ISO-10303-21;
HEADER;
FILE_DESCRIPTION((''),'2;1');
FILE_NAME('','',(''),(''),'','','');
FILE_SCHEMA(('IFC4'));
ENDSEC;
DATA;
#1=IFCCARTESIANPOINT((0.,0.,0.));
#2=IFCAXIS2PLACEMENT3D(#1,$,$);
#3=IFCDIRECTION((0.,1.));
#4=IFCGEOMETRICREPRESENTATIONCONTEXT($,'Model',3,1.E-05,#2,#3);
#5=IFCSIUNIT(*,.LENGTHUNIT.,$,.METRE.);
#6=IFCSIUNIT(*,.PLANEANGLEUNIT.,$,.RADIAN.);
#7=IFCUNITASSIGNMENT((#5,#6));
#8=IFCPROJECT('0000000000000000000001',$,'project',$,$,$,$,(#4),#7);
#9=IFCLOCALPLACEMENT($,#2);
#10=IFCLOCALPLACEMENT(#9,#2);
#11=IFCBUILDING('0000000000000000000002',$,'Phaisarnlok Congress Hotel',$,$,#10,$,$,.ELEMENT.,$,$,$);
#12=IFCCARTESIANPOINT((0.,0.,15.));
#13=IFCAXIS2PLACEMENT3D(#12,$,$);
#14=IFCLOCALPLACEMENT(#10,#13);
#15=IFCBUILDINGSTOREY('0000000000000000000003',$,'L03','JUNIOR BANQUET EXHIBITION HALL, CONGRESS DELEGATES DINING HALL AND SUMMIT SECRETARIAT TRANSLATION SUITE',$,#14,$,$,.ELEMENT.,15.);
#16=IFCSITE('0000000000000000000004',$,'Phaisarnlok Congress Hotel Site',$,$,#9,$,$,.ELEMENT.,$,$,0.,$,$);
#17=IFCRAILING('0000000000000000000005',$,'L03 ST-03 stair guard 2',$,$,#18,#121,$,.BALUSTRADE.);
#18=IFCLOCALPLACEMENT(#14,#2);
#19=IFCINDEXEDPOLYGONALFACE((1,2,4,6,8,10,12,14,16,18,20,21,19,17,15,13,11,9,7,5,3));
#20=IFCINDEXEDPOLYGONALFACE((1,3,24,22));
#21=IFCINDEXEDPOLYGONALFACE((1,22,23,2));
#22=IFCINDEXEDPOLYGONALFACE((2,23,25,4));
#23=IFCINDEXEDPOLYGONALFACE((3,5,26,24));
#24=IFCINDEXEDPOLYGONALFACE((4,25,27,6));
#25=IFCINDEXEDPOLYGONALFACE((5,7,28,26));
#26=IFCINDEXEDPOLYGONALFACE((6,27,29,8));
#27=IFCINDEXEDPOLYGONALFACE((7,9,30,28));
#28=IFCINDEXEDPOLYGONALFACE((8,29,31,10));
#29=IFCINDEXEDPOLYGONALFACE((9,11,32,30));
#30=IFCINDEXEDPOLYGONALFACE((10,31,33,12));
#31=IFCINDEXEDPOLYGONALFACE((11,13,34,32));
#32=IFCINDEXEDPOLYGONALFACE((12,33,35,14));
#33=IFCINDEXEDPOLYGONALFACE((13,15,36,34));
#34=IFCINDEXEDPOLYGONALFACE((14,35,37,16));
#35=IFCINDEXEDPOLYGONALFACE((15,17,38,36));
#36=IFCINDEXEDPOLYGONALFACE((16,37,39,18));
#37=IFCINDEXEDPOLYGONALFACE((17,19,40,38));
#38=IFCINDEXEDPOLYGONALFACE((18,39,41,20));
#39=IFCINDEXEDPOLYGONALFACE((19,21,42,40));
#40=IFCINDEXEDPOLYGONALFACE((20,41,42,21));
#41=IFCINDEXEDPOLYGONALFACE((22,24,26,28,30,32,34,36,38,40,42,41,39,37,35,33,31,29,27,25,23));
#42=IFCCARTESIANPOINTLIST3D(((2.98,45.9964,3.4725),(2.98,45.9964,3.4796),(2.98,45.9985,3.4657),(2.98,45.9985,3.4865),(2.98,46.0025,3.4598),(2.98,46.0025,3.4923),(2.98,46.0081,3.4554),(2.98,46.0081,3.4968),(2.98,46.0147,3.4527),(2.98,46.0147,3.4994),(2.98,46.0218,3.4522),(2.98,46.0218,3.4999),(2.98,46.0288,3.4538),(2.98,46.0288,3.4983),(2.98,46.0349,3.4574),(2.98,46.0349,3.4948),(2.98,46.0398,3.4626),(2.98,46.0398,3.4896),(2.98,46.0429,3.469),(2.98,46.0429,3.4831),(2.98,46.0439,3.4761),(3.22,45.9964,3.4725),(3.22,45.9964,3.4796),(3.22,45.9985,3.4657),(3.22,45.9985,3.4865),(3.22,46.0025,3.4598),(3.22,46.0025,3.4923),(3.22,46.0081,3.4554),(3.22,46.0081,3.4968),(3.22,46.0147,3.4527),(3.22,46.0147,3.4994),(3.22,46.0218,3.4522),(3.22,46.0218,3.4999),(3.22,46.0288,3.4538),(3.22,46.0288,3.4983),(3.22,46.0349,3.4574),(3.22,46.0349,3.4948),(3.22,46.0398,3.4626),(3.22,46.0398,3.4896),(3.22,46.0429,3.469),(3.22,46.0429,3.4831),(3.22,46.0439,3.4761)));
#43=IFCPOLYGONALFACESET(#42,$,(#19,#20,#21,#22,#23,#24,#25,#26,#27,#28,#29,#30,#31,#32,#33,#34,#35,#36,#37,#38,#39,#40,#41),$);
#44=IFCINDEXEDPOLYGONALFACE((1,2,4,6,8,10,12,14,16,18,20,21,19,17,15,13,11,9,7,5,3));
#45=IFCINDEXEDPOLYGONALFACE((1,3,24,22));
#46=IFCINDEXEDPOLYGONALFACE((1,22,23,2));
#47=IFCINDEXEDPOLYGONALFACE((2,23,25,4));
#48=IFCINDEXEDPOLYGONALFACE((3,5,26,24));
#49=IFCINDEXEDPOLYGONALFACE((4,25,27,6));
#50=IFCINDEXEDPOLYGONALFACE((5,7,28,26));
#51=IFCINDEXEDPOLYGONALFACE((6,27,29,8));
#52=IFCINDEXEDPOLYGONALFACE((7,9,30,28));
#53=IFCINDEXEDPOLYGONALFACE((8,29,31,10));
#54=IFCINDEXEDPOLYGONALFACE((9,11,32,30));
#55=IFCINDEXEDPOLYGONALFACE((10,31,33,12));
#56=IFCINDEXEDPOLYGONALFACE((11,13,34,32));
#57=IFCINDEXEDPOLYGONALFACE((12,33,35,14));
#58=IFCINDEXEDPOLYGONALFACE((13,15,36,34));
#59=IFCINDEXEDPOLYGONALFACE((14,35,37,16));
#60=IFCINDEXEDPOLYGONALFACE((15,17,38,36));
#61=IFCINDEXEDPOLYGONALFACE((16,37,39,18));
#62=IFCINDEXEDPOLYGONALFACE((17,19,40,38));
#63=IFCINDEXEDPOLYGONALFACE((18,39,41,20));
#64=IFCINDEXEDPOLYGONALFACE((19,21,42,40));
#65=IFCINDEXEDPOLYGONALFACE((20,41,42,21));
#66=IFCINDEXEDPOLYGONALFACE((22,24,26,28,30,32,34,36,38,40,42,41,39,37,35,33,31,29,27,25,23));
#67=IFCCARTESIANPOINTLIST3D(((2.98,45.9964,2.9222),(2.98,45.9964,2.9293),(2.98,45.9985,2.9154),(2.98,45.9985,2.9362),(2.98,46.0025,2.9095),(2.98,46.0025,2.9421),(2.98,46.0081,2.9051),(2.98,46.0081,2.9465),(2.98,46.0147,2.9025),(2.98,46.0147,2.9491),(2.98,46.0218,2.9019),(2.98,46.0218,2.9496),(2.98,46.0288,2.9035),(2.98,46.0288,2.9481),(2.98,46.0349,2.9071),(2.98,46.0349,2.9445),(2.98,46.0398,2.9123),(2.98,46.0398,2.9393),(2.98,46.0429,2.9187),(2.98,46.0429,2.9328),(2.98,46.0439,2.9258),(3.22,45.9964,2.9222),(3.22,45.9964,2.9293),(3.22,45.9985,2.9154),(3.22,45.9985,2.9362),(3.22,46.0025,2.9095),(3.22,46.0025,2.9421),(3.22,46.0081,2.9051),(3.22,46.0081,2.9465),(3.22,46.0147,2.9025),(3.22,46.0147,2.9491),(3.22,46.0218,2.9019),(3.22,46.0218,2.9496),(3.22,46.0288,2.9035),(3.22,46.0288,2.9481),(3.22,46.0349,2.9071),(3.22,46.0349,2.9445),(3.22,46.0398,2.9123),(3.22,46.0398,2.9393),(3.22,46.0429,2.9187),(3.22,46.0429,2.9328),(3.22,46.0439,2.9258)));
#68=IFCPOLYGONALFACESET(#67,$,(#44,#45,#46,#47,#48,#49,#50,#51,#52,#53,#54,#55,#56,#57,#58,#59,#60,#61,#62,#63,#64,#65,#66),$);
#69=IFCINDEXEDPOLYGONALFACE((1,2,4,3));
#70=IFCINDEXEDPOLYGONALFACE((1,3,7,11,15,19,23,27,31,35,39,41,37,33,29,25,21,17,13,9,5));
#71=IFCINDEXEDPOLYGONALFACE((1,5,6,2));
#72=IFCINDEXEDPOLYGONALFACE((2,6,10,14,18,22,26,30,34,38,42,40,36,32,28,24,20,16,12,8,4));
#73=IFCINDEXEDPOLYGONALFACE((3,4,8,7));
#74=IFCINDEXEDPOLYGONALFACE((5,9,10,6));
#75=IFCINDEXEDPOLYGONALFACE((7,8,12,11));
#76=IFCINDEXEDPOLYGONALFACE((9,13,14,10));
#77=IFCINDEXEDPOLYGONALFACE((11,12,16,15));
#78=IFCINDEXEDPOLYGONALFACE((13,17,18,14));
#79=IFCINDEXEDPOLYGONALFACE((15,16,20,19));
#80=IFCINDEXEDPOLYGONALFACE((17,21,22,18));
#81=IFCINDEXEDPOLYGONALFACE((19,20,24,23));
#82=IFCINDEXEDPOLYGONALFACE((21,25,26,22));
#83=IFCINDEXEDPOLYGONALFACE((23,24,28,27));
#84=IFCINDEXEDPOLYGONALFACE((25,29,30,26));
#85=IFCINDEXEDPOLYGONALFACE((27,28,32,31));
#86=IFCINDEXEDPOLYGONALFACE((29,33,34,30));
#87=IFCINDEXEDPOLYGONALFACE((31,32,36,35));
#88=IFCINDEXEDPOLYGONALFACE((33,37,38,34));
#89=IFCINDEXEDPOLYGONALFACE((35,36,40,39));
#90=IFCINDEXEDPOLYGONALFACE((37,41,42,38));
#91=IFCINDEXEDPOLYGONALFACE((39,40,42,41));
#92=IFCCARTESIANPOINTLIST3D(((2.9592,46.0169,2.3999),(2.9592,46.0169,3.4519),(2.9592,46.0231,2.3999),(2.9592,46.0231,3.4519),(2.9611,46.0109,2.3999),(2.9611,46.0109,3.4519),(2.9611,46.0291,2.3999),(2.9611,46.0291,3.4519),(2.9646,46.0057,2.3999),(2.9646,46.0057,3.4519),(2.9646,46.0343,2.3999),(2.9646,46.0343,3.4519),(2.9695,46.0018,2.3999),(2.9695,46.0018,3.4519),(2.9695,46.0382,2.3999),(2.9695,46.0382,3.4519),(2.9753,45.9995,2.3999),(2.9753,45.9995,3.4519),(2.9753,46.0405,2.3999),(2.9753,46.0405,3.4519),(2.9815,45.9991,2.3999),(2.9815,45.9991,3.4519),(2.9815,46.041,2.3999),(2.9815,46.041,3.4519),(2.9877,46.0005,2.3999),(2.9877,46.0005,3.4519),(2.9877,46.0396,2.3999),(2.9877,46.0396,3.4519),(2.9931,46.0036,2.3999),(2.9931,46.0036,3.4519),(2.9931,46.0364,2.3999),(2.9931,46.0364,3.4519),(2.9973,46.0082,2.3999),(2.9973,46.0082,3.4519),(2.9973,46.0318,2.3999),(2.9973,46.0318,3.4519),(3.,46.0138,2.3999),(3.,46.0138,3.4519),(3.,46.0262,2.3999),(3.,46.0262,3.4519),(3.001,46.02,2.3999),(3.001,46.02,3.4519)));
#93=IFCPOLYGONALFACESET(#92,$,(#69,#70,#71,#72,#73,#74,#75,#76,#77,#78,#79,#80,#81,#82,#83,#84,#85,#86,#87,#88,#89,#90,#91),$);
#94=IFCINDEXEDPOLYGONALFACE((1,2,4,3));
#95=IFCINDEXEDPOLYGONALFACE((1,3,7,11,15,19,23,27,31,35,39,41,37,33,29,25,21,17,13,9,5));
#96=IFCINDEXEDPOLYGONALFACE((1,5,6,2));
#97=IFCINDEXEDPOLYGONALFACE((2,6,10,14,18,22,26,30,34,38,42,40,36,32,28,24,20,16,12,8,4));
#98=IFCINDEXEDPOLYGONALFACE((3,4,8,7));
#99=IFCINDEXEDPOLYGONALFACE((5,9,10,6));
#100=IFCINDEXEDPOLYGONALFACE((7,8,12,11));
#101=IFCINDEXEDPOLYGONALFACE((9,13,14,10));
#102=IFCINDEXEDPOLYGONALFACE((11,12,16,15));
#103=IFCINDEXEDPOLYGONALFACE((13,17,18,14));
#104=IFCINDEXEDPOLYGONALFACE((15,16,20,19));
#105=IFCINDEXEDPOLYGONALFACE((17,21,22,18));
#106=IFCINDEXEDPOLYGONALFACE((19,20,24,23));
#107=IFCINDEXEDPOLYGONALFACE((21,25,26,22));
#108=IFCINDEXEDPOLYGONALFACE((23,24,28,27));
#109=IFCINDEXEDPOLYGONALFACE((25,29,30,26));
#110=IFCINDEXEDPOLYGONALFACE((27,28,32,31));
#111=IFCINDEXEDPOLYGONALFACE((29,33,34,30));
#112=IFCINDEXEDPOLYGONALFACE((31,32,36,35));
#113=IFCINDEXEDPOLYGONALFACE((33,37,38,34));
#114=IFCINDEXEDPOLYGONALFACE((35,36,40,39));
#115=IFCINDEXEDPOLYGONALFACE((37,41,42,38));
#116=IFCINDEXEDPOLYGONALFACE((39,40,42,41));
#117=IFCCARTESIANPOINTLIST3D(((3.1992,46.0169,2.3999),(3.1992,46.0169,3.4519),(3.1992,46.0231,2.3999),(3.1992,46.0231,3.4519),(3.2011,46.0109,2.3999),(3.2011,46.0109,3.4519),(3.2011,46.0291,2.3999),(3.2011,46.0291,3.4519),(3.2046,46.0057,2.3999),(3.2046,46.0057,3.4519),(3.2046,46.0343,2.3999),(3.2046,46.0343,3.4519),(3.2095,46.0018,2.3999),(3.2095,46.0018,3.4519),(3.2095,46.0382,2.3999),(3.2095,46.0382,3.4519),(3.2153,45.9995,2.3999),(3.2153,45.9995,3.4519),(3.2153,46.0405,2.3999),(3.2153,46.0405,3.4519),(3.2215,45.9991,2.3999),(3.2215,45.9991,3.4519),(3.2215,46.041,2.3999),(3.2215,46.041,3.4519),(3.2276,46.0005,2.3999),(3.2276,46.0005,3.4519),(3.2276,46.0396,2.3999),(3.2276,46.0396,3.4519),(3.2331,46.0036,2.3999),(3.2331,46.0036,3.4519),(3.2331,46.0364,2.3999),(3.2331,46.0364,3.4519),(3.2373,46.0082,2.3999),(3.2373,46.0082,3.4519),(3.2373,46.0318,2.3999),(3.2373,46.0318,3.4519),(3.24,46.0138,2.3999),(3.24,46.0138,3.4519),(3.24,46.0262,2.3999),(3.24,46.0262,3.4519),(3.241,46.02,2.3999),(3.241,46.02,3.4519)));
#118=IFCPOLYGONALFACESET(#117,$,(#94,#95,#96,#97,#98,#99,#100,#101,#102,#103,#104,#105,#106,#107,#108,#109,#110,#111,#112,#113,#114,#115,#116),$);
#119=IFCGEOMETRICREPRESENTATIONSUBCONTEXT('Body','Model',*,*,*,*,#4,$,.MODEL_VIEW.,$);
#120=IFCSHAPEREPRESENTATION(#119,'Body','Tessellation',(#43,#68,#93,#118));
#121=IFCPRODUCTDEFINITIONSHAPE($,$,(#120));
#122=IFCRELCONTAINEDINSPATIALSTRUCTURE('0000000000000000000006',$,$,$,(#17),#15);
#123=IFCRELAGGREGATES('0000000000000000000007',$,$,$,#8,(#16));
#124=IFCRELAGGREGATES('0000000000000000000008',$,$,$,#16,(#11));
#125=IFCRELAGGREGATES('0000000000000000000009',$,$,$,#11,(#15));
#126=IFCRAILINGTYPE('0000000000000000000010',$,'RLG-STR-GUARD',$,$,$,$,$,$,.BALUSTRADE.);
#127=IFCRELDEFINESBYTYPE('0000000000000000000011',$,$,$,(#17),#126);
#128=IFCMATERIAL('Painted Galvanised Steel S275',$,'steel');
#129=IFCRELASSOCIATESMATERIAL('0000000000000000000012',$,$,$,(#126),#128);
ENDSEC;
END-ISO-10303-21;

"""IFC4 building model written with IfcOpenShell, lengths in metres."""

from ifc_helpers import new_model, si_unit, direction, frame, origin, origin_2d, place, context, subcontext, project, spatial, circle, extrude, material, type_object, element, save


model = new_model("IFC4")

# Units and contexts
model_context = context("Model", 3, precision=1e-05, world=origin(), true_north=direction((0.0, 1.0)))
body_context = subcontext(model_context, "Body", "Model", "MODEL_VIEW")
ifc_project = project(units=[si_unit("LENGTHUNIT", "METRE"), si_unit("PLANEANGLEUNIT", "RADIAN")], contexts=[model_context])

# Site, building, storey
site_placement = place(None, origin())
site = spatial("IfcSite", under=ifc_project, at=site_placement, Name="Phaisarnlok Congress Hotel Site", CompositionType="ELEMENT", RefElevation=0.0)
building_placement = place(site_placement, origin())
building = spatial("IfcBuilding", under=site, at=building_placement, Name="Phaisarnlok Congress Hotel", CompositionType="ELEMENT")
storey_placement = place(building_placement, frame((0.0, 0.0, 15.0)))
storey = spatial("IfcBuildingStorey", under=building, at=storey_placement, Name="L03", Description="JUNIOR BANQUET EXHIBITION HALL, CONGRESS DELEGATES DINING HALL AND SUMMIT SECRETARIAT TRANSLATION SUITE", CompositionType="ELEMENT", Elevation=15.0)

# Railing
ifc_material_1 = material(Name="Painted Galvanised Steel S275", Category="steel")
railing_type_1 = type_object("IfcRailingType", Name="RLG-STR-GUARD", PredefinedType="BALUSTRADE", material=ifc_material_1)
railing_1_placement = place(storey_placement, frame((2.98, 46.02, 2.3999)))
element("IfcRailing", 1, at=railing_1_placement, inside=storey, type_object=railing_type_1, Name="L03 ST-03 stair guard 2", PredefinedType="BALUSTRADE", context=body_context, shape_type="SweptSolid", body=[
    extrude(circle(Radius=0.0239, at=origin_2d()), frame((0.0, 0.0, 1.0762), z_axis=(1.0, 0.0, 0.0), x_axis=(0.0, 1.0, 0.0)), (0.0, 0.0, 1.0), 0.24),
    extrude(circle(Radius=0.0239, at=origin_2d()), frame((0.0, 0.0, 0.5259), z_axis=(1.0, 0.0, 0.0), x_axis=(0.0, 1.0, 0.0)), (0.0, 0.0, 1.0), 0.24),
    extrude(circle(Radius=0.021, at=origin_2d()), origin(), (0.0, 0.0, 1.0), 1.052),
    extrude(circle(Radius=0.021, at=origin_2d()), frame((0.24, 0.0, 0.0)), (0.0, 0.0, 1.0), 1.052),
])

save(model, "model.ifc")
